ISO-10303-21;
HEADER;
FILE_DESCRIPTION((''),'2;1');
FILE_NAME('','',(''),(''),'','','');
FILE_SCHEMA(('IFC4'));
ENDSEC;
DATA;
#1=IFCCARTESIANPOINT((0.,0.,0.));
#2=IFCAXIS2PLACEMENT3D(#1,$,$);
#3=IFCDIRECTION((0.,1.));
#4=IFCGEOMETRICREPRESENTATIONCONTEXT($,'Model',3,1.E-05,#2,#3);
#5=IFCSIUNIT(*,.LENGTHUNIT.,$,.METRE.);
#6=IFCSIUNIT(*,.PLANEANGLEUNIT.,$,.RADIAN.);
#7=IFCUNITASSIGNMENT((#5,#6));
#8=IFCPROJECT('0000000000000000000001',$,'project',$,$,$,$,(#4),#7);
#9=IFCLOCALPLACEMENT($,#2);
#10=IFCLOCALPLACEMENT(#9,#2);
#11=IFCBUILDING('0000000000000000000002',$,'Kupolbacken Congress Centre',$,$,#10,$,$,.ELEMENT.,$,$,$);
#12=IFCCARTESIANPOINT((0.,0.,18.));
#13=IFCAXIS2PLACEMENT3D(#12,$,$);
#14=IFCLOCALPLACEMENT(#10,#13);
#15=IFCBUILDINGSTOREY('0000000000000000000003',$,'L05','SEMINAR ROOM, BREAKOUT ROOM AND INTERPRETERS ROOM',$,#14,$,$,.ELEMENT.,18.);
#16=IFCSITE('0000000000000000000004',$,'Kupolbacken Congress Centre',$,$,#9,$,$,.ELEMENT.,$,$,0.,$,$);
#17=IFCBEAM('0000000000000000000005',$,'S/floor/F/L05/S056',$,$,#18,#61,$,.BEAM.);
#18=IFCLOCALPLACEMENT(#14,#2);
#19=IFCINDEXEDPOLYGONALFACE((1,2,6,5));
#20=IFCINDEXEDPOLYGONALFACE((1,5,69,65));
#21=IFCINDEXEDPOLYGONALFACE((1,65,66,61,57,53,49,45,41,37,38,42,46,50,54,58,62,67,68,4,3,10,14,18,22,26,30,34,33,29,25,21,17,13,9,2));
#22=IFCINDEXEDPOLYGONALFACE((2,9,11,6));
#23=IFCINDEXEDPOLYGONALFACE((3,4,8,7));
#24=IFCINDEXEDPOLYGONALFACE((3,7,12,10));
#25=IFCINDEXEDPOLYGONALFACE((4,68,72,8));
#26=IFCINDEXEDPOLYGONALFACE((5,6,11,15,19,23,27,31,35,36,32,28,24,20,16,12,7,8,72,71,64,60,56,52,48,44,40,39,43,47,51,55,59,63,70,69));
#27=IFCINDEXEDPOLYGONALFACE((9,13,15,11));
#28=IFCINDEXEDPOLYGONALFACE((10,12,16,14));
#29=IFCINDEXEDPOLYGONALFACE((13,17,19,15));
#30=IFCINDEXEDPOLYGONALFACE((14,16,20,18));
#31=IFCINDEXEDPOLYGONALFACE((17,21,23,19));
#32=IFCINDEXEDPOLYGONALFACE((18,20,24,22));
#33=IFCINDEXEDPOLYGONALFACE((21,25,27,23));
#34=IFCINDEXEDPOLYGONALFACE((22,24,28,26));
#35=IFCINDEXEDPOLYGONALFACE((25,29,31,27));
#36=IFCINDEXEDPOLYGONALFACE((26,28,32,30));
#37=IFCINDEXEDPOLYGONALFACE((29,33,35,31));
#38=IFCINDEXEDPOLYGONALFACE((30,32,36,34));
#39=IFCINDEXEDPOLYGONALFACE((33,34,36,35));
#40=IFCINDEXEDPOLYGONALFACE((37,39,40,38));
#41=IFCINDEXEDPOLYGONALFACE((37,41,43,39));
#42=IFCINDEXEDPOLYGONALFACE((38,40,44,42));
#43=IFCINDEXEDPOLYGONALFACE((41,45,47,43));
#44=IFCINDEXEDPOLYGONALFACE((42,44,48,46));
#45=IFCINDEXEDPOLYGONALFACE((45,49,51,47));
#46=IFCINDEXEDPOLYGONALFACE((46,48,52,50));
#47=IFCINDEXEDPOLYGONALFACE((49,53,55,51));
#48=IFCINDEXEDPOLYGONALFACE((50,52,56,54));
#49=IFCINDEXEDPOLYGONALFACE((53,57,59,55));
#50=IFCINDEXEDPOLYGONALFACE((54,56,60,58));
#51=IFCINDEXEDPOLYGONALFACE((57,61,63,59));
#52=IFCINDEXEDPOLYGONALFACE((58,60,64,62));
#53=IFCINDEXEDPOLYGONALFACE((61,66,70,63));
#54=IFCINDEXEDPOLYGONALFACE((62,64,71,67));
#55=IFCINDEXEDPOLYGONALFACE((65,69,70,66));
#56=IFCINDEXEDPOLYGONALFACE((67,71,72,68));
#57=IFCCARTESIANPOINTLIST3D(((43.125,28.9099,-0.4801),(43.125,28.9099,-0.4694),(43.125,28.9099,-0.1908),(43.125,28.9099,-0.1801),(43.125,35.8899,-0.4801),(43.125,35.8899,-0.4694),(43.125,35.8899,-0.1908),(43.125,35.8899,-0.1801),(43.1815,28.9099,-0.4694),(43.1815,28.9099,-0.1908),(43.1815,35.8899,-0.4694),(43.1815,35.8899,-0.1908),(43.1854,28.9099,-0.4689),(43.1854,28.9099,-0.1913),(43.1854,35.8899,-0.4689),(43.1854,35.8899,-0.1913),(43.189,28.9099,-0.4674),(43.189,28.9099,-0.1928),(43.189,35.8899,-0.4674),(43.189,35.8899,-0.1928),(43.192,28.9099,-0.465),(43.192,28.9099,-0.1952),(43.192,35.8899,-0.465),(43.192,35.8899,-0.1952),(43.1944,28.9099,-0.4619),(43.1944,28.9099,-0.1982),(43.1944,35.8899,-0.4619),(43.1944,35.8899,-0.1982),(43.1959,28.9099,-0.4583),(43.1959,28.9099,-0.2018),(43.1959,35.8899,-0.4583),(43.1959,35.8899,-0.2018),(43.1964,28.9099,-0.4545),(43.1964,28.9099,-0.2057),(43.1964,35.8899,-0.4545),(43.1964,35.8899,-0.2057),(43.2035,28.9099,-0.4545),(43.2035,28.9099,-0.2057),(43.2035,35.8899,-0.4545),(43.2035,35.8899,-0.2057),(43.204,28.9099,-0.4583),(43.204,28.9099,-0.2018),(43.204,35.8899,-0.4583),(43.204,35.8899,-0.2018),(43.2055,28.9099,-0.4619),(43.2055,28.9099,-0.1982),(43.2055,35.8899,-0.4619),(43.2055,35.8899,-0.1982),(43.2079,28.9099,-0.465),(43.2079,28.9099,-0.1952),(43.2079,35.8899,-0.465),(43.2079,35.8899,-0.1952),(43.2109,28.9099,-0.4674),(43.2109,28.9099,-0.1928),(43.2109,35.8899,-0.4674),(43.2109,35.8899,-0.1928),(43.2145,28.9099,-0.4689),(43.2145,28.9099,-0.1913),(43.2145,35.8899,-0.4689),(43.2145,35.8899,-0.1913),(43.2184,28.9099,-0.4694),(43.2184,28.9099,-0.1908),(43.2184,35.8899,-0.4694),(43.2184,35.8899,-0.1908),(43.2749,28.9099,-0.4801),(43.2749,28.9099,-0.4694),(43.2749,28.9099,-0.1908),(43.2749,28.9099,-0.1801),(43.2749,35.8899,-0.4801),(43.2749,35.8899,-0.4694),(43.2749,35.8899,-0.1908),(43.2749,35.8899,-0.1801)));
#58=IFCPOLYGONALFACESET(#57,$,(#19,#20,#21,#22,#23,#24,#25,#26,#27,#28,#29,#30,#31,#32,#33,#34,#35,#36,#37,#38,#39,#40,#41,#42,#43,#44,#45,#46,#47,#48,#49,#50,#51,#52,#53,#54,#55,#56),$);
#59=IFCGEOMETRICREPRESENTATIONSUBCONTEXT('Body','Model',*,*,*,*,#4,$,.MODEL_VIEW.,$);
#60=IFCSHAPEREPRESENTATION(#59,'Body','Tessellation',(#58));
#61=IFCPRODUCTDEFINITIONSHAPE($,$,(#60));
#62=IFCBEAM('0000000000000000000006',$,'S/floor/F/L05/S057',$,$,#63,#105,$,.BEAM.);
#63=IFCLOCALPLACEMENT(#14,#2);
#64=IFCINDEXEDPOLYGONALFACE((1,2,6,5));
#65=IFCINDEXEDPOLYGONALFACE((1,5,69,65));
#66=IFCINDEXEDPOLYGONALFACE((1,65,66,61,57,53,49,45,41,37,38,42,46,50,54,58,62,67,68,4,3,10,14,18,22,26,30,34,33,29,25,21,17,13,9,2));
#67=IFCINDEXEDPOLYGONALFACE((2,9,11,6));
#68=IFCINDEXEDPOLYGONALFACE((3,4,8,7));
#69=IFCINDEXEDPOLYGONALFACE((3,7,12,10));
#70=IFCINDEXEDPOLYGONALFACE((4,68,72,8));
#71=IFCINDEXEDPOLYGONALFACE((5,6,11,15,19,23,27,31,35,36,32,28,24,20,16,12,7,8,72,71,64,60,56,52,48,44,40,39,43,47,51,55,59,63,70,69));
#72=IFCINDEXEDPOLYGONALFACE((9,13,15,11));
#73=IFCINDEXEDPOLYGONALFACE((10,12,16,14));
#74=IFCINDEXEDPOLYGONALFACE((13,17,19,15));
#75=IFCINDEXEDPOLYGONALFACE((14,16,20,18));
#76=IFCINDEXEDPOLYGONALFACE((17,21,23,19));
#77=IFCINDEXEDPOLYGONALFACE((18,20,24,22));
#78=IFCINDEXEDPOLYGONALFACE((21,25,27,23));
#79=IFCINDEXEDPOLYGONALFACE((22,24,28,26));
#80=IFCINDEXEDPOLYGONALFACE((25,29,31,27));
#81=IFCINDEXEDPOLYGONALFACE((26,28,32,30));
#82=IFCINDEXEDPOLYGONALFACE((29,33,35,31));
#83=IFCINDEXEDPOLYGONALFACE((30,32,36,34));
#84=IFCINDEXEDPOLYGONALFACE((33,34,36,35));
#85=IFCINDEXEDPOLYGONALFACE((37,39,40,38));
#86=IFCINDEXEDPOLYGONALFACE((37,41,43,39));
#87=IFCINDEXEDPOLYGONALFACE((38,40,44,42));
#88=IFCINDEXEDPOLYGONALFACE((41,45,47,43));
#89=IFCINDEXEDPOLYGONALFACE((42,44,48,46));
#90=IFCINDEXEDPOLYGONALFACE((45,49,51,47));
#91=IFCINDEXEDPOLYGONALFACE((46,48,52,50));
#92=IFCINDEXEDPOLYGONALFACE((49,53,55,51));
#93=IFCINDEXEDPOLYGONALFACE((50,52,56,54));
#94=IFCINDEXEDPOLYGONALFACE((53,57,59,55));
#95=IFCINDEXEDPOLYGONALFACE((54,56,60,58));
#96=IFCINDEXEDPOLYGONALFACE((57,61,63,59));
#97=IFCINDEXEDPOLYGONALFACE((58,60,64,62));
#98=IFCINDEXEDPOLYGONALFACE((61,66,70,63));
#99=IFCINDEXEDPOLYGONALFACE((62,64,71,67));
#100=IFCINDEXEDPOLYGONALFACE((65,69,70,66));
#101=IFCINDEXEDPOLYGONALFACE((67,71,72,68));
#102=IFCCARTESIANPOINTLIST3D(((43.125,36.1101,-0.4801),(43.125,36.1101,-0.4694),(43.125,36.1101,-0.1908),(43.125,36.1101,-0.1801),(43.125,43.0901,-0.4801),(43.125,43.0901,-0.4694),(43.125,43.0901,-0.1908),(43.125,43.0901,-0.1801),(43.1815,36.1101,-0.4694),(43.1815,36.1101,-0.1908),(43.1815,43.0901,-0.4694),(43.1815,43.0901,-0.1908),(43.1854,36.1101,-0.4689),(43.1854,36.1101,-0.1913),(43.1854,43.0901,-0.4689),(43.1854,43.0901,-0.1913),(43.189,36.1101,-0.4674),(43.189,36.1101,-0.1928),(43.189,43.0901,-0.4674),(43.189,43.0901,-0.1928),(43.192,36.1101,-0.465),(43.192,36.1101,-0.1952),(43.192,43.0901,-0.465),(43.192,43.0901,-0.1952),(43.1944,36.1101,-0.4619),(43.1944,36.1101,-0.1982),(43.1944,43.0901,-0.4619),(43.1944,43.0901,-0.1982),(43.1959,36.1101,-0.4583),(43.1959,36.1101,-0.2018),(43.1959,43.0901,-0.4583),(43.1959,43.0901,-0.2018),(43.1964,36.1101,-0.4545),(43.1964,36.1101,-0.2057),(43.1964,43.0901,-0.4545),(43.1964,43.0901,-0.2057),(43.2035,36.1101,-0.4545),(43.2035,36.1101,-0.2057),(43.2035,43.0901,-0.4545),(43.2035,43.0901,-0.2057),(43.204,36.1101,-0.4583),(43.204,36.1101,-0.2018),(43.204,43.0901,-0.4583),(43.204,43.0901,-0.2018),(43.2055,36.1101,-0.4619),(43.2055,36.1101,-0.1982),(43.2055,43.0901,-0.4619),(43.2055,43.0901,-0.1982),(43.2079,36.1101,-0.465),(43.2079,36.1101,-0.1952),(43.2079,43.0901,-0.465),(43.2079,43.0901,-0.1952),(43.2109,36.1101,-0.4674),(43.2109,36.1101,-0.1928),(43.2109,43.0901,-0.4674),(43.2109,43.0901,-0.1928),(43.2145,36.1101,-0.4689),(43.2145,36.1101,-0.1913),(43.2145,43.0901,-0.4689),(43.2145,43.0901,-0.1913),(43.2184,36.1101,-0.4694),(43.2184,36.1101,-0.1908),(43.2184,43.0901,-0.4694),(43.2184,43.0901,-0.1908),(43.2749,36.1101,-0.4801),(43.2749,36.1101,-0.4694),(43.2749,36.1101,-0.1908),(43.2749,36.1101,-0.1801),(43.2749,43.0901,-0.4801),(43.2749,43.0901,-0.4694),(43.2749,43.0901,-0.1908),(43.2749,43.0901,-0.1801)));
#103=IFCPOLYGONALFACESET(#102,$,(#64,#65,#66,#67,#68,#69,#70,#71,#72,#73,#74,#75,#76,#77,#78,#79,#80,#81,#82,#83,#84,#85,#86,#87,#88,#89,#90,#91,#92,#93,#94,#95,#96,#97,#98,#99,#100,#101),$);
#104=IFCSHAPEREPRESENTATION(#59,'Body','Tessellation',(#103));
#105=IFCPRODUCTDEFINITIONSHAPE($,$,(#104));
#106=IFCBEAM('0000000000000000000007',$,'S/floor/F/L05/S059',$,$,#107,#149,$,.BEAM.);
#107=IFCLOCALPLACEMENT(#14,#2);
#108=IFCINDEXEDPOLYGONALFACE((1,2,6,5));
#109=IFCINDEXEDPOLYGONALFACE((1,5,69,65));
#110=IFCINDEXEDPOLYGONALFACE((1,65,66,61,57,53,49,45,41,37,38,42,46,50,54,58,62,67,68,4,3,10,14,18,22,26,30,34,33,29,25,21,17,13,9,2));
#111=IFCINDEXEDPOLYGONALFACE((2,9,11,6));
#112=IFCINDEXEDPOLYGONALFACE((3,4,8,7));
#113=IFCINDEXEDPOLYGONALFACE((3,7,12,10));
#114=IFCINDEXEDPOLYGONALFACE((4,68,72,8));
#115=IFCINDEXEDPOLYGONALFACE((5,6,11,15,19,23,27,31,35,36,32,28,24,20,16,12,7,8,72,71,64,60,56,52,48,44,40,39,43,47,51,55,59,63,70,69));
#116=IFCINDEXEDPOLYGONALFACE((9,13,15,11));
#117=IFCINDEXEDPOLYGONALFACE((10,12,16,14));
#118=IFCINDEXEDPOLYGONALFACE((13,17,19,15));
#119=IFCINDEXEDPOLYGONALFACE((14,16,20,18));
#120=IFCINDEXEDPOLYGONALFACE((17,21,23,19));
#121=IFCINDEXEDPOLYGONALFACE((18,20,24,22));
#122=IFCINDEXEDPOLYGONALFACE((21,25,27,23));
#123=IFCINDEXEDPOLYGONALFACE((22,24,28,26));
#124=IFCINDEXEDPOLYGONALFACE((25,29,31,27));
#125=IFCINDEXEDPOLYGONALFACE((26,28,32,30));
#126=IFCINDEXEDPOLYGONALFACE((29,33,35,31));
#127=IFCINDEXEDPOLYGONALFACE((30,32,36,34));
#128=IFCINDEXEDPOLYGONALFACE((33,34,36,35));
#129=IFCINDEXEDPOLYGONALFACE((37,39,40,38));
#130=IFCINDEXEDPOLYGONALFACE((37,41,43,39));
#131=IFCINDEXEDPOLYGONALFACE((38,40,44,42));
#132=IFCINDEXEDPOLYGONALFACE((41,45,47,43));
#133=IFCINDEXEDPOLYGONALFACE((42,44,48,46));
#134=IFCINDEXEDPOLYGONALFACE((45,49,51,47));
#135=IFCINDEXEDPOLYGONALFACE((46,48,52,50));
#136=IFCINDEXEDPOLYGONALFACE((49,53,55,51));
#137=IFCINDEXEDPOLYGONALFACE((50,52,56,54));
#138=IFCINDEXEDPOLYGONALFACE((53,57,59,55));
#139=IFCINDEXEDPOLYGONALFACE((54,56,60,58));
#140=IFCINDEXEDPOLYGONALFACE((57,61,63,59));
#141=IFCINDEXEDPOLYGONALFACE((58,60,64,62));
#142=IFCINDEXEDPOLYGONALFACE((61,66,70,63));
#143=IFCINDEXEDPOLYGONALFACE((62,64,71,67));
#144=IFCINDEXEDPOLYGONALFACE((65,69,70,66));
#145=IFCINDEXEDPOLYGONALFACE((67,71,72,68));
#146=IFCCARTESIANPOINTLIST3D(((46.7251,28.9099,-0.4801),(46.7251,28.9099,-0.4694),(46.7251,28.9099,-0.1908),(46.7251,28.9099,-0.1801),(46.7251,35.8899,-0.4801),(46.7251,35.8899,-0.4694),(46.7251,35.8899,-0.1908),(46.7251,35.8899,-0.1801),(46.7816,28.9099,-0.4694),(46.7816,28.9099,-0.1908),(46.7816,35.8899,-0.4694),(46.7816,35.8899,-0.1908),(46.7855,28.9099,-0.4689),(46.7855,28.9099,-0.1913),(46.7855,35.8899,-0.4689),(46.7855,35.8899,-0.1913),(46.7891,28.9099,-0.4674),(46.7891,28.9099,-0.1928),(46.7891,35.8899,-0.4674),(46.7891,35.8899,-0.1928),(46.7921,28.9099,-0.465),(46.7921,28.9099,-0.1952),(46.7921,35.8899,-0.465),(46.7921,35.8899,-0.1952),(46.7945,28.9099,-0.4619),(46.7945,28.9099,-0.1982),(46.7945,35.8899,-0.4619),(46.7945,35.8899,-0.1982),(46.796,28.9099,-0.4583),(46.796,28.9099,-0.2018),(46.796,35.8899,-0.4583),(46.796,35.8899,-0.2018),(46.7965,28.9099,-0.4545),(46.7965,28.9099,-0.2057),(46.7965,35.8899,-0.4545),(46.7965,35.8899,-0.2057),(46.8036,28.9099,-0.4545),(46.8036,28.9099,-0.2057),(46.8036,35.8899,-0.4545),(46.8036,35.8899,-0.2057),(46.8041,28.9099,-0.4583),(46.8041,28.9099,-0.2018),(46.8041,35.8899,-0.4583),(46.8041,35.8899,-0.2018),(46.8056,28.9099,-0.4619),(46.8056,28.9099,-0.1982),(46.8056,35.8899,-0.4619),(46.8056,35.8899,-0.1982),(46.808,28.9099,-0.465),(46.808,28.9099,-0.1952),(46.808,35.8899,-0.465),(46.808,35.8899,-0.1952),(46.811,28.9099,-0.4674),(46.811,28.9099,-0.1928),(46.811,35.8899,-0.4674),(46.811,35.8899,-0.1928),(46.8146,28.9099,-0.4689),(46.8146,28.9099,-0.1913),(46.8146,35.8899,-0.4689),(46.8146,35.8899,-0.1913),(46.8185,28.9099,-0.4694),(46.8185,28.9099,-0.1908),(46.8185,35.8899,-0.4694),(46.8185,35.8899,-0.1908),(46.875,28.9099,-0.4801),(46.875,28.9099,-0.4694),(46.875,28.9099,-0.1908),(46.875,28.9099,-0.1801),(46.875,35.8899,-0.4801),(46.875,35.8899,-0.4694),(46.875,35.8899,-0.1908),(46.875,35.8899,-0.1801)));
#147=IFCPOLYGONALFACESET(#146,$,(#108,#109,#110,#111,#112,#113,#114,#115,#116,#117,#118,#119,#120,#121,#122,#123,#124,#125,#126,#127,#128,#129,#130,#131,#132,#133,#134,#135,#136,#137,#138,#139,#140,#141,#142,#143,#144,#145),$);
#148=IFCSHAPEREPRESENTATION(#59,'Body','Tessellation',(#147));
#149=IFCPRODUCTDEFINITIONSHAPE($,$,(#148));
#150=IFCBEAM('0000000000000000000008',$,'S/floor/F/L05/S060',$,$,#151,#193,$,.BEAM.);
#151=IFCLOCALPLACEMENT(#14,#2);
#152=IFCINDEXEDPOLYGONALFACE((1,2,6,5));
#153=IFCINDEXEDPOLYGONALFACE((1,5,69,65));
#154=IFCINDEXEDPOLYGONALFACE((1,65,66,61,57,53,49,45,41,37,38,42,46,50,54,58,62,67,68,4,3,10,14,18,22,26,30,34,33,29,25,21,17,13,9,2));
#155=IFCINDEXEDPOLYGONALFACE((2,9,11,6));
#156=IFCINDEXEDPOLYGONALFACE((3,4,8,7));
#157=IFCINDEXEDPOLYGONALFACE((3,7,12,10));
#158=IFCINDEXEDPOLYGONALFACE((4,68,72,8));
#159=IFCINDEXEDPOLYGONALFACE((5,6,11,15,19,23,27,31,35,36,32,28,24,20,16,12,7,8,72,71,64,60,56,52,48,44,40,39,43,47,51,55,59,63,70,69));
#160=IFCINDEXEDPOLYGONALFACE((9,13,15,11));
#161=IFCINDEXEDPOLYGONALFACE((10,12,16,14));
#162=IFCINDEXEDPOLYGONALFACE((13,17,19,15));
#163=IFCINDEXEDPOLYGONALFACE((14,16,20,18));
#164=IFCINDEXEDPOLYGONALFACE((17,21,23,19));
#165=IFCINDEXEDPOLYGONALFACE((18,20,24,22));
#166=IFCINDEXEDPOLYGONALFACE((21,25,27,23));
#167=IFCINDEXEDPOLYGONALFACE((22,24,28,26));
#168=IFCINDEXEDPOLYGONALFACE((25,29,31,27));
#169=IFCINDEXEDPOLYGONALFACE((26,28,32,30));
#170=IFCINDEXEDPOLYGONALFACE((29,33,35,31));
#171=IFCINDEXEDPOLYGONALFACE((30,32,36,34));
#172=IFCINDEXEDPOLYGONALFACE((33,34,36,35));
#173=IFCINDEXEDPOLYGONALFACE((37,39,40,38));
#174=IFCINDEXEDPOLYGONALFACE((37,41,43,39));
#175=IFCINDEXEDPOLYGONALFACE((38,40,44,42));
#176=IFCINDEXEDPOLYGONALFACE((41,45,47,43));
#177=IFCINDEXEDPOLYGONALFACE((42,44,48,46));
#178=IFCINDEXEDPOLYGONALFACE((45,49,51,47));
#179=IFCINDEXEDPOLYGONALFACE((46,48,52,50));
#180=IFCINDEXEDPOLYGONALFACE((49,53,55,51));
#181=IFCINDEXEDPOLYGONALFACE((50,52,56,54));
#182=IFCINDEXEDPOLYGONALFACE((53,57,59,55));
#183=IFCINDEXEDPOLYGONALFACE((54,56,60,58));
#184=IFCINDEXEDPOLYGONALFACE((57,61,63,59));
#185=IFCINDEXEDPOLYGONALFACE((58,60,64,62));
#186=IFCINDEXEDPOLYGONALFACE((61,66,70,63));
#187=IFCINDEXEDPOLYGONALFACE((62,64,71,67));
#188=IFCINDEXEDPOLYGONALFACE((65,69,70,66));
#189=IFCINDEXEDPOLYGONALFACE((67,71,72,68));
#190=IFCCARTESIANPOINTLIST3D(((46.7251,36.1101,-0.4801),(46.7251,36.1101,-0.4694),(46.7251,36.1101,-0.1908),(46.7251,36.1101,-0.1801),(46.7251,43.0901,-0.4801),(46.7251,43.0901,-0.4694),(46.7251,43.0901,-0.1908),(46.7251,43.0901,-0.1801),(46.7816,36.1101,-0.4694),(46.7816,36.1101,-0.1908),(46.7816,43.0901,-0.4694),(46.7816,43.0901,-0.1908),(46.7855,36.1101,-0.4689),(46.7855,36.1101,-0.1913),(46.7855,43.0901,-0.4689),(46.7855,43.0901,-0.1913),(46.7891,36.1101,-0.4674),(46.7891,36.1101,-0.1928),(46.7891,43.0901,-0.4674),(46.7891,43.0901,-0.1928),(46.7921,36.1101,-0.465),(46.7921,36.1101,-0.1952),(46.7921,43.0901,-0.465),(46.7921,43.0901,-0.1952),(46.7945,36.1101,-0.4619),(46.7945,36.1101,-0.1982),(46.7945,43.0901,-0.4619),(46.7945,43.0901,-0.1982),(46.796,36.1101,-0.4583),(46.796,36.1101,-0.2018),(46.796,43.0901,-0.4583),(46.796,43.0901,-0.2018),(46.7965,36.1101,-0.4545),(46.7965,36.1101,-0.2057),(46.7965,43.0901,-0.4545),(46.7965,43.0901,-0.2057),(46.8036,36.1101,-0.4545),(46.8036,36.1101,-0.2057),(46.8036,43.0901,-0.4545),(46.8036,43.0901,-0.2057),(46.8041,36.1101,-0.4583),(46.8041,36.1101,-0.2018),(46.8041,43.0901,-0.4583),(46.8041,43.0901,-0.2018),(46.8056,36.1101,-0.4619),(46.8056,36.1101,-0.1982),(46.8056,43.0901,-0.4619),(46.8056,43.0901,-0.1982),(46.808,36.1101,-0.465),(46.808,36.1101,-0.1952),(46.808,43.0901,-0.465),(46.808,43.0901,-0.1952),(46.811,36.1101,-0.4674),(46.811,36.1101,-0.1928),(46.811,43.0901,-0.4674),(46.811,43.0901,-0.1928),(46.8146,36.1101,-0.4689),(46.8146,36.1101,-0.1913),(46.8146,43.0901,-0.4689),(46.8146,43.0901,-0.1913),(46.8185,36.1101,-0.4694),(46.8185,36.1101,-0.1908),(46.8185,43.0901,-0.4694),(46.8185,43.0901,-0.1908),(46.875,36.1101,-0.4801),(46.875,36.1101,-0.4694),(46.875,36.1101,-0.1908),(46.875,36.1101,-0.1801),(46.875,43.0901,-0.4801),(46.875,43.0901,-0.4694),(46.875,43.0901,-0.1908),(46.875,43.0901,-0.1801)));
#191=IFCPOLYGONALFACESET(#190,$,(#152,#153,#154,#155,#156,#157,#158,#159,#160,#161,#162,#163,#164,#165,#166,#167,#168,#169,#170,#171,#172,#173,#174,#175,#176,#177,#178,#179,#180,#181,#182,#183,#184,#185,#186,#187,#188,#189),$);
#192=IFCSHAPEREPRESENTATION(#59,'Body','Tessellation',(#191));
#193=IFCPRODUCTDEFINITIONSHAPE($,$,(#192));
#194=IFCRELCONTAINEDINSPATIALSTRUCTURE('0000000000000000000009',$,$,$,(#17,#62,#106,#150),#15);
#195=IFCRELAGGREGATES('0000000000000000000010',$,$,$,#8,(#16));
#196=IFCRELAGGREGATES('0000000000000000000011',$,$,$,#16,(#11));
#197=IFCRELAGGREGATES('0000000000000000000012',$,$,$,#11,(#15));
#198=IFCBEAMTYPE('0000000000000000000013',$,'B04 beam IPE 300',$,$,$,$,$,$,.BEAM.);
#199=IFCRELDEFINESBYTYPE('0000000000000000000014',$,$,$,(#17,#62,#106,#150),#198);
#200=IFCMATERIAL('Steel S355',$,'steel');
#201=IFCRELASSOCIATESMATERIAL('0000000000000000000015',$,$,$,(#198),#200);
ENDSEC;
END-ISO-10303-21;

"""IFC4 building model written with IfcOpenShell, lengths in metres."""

from ifc_helpers import new_model, si_unit, direction, frame, origin, origin_2d, place, context, subcontext, project, spatial, i_section, extrude, material, material_profile, profile_set, type_object, element, save


model = new_model("IFC4")

# Units and contexts
model_context = context("Model", 3, precision=1e-05, world=origin(), true_north=direction((0.0, 1.0)))
body_context = subcontext(model_context, "Body", "Model", "MODEL_VIEW")
ifc_project = project(units=[si_unit("LENGTHUNIT", "METRE"), si_unit("PLANEANGLEUNIT", "RADIAN")], contexts=[model_context])

# Site, building, storey
site_placement = place(None, origin())
site = spatial("IfcSite", under=ifc_project, at=site_placement, Name="Kupolbacken Congress Centre", CompositionType="ELEMENT", RefElevation=0.0)
building_placement = place(site_placement, origin())
building = spatial("IfcBuilding", under=site, at=building_placement, Name="Kupolbacken Congress Centre", CompositionType="ELEMENT")
storey_placement = place(building_placement, frame((0.0, 0.0, 18.0)))
storey = spatial("IfcBuildingStorey", under=building, at=storey_placement, Name="L05", Description="SEMINAR ROOM, BREAKOUT ROOM AND INTERPRETERS ROOM", CompositionType="ELEMENT", Elevation=18.0)

# Beams
ifc_material_1 = material(Name="Steel S355", Category="steel")
ifc_material_profile_1 = material_profile(ifc_material_1, i_section(OverallWidth=0.1499, OverallDepth=0.3, WebThickness=0.0071, FlangeThickness=0.0107, FilletRadius=0.0149, at=origin_2d()), Name="IPE 300")
ifc_profile_set_1 = profile_set([ifc_material_profile_1], Name="Steel S355")
beam_type_1 = type_object("IfcBeamType", Name="B04 beam IPE 300", PredefinedType="BEAM", material=ifc_profile_set_1)
for number, where, z_axis, x_axis, name in (
    (1, (43.2, 28.9099, -0.3301), (0.0, 1.0, 0.0), (-1.0, 0.0, 0.0), "S/floor/F/L05/S056"),
    (2, (43.2, 36.1101, -0.3301), (0.0, 1.0, 0.0), (-1.0, 0.0, 0.0), "S/floor/F/L05/S057"),
    (3, (46.8, 28.9099, -0.3301), (0.0, 1.0, 0.0), (-1.0, 0.0, 0.0), "S/floor/F/L05/S059"),
    (4, (46.8, 36.1101, -0.3301), (0.0, 1.0, 0.0), (-1.0, 0.0, 0.0), "S/floor/F/L05/S060"),
):
    element("IfcBeam", number, at=place(storey_placement, frame(where, z_axis=z_axis, x_axis=x_axis)), inside=storey, type_object=beam_type_1, Name=name, PredefinedType="BEAM", context=body_context, shape_type="SweptSolid", body=[
        extrude(i_section(OverallWidth=0.1499, OverallDepth=0.3, WebThickness=0.0071, FlangeThickness=0.0107, FilletRadius=0.0149, at=origin_2d()), origin(), (0.0, 0.0, 1.0), 6.98),
    ])

save(model, "model.ifc")
